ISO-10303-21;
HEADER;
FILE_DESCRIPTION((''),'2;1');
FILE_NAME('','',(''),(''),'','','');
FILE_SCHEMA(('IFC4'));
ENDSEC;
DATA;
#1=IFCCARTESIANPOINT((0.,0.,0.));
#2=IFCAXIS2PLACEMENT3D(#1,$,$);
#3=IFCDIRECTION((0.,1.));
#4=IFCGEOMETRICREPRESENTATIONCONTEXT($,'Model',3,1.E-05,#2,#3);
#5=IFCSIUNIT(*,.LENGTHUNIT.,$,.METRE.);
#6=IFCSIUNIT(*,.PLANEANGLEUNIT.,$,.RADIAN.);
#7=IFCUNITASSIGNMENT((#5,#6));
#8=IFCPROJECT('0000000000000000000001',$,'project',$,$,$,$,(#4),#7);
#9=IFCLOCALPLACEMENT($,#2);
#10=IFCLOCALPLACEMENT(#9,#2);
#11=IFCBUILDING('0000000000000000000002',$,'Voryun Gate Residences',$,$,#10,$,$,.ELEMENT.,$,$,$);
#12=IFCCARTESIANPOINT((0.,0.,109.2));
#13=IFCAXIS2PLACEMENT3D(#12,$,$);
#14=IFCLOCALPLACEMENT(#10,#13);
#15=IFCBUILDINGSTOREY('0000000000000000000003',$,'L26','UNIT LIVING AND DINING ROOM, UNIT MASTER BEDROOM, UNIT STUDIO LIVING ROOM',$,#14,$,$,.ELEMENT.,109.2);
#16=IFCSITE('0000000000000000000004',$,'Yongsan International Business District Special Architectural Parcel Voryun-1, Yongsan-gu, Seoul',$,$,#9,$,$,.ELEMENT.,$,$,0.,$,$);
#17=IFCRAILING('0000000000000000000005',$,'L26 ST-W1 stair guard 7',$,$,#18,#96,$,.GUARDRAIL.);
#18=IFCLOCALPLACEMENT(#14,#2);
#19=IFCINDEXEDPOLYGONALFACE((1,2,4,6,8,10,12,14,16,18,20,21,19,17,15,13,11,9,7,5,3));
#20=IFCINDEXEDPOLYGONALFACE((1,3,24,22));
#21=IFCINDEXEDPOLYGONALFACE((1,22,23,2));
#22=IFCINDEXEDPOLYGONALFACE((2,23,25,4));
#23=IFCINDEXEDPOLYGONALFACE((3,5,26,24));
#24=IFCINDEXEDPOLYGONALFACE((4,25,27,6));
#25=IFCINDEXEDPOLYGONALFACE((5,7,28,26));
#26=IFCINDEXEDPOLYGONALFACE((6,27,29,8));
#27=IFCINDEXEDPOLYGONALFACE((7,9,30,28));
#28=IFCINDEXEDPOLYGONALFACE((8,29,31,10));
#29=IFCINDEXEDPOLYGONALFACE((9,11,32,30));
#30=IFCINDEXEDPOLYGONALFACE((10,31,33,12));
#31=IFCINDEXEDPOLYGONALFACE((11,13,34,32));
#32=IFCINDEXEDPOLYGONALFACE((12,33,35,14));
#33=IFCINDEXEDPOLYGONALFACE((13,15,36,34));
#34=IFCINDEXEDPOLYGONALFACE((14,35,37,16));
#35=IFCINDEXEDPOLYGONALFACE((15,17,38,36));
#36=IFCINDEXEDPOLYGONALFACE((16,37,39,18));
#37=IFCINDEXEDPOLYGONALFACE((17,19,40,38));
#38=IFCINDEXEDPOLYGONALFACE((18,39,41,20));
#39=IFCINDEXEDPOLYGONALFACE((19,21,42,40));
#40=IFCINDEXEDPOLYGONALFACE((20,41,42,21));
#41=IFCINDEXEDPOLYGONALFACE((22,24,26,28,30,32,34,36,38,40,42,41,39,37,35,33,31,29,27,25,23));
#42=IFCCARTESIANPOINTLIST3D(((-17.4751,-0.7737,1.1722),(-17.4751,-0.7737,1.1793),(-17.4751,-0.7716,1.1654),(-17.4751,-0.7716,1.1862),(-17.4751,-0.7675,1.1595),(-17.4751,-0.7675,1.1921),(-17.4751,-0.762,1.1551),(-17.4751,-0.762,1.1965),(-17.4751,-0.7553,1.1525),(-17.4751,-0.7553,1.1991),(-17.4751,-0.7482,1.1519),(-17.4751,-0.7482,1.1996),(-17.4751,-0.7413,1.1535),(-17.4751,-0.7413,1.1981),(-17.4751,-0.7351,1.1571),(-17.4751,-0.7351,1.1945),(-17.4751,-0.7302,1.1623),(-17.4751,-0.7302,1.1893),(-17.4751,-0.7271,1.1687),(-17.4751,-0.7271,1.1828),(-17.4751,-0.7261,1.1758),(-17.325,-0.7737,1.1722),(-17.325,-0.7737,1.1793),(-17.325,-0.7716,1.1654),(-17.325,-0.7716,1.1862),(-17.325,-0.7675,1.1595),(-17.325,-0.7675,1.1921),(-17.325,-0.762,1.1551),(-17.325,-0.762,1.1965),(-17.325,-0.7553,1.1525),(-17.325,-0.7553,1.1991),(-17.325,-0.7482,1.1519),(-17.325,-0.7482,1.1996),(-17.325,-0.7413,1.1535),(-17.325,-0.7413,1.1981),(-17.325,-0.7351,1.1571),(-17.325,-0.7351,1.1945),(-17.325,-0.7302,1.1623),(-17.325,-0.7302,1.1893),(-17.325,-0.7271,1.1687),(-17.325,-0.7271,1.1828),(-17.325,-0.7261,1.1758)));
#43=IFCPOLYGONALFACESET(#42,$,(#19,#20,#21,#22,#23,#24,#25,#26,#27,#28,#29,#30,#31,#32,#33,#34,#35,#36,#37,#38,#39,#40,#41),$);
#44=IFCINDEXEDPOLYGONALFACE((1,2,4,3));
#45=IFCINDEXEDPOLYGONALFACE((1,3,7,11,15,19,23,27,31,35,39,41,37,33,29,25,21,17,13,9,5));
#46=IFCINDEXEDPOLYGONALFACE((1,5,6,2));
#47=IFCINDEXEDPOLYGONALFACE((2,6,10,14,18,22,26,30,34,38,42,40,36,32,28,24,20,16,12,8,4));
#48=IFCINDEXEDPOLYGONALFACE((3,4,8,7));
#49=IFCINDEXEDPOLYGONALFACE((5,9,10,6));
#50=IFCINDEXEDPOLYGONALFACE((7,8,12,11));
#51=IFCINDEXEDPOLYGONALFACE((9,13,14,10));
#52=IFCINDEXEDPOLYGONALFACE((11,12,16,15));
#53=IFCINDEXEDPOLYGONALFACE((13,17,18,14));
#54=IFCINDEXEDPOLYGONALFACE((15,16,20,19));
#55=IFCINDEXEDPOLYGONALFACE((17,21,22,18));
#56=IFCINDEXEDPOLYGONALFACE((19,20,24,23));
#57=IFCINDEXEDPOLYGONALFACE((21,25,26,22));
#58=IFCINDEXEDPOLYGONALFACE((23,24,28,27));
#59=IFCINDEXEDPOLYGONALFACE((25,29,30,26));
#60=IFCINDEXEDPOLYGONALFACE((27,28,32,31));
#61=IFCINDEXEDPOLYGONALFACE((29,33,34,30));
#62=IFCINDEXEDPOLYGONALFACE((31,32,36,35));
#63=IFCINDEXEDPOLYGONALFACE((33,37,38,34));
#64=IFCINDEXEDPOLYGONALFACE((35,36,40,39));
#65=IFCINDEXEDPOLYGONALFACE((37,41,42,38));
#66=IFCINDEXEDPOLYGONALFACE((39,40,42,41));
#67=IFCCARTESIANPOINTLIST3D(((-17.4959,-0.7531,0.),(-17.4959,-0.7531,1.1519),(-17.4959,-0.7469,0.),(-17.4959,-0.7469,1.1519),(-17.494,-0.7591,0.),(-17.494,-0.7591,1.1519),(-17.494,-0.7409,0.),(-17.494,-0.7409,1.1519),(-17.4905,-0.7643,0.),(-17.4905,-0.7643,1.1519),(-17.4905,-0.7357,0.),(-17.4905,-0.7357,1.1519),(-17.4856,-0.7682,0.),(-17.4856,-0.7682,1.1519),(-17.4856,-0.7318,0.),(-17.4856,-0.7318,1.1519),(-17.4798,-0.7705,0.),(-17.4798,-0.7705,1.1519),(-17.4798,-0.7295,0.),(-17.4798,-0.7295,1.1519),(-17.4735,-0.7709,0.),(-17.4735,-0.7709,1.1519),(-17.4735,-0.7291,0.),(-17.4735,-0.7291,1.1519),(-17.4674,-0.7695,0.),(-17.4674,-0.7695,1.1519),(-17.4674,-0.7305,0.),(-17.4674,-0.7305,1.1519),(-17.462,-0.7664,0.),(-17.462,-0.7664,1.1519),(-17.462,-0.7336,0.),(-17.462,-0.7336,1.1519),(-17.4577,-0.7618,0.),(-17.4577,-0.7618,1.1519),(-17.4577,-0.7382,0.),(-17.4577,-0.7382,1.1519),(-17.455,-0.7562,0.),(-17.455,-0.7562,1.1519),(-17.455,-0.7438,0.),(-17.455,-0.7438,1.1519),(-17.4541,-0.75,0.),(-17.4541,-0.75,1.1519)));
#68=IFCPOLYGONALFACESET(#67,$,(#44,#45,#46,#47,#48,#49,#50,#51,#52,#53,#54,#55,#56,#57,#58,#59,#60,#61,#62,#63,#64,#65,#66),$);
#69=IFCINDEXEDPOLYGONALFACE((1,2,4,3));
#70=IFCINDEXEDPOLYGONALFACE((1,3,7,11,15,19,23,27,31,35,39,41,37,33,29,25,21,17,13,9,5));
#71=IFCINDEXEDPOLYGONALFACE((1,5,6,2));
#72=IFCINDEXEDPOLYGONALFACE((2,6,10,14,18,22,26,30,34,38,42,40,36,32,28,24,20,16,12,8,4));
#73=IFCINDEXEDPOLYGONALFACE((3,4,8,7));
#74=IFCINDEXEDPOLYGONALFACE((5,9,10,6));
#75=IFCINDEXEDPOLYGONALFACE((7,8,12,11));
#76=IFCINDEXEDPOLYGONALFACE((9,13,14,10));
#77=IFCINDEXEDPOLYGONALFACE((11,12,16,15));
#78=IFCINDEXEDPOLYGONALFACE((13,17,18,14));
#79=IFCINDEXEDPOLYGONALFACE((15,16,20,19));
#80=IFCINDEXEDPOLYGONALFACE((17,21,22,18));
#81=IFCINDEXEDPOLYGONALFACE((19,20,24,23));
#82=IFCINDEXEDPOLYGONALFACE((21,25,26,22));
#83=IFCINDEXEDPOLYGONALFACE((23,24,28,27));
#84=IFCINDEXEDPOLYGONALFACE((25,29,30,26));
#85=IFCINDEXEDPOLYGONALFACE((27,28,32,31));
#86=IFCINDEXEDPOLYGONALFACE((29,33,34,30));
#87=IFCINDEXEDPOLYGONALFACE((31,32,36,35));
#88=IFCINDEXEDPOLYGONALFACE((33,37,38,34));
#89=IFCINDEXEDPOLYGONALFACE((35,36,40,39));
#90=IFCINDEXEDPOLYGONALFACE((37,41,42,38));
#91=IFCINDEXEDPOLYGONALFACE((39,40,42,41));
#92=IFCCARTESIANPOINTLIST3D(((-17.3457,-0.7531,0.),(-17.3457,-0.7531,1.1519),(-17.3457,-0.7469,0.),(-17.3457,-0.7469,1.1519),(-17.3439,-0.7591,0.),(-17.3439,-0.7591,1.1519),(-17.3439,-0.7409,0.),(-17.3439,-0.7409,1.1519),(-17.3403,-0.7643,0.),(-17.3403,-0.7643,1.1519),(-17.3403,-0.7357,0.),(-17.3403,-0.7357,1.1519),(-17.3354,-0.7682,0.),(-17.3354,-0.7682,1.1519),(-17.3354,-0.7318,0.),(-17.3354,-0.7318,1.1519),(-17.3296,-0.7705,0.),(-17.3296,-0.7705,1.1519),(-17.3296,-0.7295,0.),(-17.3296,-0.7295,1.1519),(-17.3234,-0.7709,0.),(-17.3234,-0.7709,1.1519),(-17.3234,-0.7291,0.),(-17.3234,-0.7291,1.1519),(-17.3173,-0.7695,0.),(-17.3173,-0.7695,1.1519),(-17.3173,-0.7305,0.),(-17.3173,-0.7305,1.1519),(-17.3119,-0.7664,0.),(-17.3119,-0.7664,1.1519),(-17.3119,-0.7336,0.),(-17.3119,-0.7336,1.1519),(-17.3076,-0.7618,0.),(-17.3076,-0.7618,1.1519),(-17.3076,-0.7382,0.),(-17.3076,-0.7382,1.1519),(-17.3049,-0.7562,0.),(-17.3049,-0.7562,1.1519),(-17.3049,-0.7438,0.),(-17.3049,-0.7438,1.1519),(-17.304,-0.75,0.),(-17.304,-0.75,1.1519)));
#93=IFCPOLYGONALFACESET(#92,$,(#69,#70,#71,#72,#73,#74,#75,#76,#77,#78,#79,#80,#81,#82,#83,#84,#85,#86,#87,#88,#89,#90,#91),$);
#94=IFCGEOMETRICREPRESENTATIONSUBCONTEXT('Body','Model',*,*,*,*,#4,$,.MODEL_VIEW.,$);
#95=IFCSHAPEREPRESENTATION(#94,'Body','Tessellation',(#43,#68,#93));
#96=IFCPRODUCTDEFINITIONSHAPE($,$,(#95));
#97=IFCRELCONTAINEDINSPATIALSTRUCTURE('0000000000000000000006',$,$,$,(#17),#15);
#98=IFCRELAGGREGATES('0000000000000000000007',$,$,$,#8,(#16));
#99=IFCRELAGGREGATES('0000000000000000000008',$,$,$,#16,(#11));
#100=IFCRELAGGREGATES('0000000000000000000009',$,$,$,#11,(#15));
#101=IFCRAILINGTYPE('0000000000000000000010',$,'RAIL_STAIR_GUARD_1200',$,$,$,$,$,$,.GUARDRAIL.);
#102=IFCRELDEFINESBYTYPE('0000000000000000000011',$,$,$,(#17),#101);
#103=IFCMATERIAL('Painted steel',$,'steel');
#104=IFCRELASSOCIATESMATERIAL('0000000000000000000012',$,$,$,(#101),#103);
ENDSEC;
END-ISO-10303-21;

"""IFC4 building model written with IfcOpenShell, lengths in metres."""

from ifc_helpers import new_model, si_unit, direction, frame, origin, origin_2d, place, context, subcontext, project, spatial, circle, extrude, material, type_object, element, save


model = new_model("IFC4")

# Units and contexts
model_context = context("Model", 3, precision=1e-05, world=origin(), true_north=direction((0.0, 1.0)))
body_context = subcontext(model_context, "Body", "Model", "MODEL_VIEW")
ifc_project = project(units=[si_unit("LENGTHUNIT", "METRE"), si_unit("PLANEANGLEUNIT", "RADIAN")], contexts=[model_context])

# Site, building, storey
site_placement = place(None, origin())
site = spatial("IfcSite", under=ifc_project, at=site_placement, Name="Yongsan International Business District Special Architectural Parcel Voryun-1, Yongsan-gu, Seoul", CompositionType="ELEMENT", RefElevation=0.0)
building_placement = place(site_placement, origin())
building = spatial("IfcBuilding", under=site, at=building_placement, Name="Voryun Gate Residences", CompositionType="ELEMENT")
storey_placement = place(building_placement, frame((0.0, 0.0, 109.2)))
storey = spatial("IfcBuildingStorey", under=building, at=storey_placement, Name="L26", Description="UNIT LIVING AND DINING ROOM, UNIT MASTER BEDROOM, UNIT STUDIO LIVING ROOM", CompositionType="ELEMENT", Elevation=109.2)

# Railing
ifc_material_1 = material(Name="Painted steel", Category="steel")
railing_type_1 = type_object("IfcRailingType", Name="RAIL_STAIR_GUARD_1200", PredefinedType="GUARDRAIL", material=ifc_material_1)
railing_1_placement = place(storey_placement, frame((-17.4751, -0.75, 0.0)))
element("IfcRailing", 1, at=railing_1_placement, inside=storey, type_object=railing_type_1, Name="L26 ST-W1 stair guard 7", PredefinedType="GUARDRAIL", context=body_context, shape_type="SweptSolid", body=[
    extrude(circle(Radius=0.0239, at=origin_2d()), frame((0.0, 0.0, 1.1758), z_axis=(1.0, 0.0, 0.0), x_axis=(0.0, 1.0, 0.0)), (0.0, 0.0, 1.0), 0.1501),
    extrude(circle(Radius=0.021, at=origin_2d()), origin(), (0.0, 0.0, 1.0), 1.1519),
    extrude(circle(Radius=0.021, at=origin_2d()), frame((0.1501, 0.0, 0.0)), (0.0, 0.0, 1.0), 1.1519),
])

save(model, "model.ifc")
